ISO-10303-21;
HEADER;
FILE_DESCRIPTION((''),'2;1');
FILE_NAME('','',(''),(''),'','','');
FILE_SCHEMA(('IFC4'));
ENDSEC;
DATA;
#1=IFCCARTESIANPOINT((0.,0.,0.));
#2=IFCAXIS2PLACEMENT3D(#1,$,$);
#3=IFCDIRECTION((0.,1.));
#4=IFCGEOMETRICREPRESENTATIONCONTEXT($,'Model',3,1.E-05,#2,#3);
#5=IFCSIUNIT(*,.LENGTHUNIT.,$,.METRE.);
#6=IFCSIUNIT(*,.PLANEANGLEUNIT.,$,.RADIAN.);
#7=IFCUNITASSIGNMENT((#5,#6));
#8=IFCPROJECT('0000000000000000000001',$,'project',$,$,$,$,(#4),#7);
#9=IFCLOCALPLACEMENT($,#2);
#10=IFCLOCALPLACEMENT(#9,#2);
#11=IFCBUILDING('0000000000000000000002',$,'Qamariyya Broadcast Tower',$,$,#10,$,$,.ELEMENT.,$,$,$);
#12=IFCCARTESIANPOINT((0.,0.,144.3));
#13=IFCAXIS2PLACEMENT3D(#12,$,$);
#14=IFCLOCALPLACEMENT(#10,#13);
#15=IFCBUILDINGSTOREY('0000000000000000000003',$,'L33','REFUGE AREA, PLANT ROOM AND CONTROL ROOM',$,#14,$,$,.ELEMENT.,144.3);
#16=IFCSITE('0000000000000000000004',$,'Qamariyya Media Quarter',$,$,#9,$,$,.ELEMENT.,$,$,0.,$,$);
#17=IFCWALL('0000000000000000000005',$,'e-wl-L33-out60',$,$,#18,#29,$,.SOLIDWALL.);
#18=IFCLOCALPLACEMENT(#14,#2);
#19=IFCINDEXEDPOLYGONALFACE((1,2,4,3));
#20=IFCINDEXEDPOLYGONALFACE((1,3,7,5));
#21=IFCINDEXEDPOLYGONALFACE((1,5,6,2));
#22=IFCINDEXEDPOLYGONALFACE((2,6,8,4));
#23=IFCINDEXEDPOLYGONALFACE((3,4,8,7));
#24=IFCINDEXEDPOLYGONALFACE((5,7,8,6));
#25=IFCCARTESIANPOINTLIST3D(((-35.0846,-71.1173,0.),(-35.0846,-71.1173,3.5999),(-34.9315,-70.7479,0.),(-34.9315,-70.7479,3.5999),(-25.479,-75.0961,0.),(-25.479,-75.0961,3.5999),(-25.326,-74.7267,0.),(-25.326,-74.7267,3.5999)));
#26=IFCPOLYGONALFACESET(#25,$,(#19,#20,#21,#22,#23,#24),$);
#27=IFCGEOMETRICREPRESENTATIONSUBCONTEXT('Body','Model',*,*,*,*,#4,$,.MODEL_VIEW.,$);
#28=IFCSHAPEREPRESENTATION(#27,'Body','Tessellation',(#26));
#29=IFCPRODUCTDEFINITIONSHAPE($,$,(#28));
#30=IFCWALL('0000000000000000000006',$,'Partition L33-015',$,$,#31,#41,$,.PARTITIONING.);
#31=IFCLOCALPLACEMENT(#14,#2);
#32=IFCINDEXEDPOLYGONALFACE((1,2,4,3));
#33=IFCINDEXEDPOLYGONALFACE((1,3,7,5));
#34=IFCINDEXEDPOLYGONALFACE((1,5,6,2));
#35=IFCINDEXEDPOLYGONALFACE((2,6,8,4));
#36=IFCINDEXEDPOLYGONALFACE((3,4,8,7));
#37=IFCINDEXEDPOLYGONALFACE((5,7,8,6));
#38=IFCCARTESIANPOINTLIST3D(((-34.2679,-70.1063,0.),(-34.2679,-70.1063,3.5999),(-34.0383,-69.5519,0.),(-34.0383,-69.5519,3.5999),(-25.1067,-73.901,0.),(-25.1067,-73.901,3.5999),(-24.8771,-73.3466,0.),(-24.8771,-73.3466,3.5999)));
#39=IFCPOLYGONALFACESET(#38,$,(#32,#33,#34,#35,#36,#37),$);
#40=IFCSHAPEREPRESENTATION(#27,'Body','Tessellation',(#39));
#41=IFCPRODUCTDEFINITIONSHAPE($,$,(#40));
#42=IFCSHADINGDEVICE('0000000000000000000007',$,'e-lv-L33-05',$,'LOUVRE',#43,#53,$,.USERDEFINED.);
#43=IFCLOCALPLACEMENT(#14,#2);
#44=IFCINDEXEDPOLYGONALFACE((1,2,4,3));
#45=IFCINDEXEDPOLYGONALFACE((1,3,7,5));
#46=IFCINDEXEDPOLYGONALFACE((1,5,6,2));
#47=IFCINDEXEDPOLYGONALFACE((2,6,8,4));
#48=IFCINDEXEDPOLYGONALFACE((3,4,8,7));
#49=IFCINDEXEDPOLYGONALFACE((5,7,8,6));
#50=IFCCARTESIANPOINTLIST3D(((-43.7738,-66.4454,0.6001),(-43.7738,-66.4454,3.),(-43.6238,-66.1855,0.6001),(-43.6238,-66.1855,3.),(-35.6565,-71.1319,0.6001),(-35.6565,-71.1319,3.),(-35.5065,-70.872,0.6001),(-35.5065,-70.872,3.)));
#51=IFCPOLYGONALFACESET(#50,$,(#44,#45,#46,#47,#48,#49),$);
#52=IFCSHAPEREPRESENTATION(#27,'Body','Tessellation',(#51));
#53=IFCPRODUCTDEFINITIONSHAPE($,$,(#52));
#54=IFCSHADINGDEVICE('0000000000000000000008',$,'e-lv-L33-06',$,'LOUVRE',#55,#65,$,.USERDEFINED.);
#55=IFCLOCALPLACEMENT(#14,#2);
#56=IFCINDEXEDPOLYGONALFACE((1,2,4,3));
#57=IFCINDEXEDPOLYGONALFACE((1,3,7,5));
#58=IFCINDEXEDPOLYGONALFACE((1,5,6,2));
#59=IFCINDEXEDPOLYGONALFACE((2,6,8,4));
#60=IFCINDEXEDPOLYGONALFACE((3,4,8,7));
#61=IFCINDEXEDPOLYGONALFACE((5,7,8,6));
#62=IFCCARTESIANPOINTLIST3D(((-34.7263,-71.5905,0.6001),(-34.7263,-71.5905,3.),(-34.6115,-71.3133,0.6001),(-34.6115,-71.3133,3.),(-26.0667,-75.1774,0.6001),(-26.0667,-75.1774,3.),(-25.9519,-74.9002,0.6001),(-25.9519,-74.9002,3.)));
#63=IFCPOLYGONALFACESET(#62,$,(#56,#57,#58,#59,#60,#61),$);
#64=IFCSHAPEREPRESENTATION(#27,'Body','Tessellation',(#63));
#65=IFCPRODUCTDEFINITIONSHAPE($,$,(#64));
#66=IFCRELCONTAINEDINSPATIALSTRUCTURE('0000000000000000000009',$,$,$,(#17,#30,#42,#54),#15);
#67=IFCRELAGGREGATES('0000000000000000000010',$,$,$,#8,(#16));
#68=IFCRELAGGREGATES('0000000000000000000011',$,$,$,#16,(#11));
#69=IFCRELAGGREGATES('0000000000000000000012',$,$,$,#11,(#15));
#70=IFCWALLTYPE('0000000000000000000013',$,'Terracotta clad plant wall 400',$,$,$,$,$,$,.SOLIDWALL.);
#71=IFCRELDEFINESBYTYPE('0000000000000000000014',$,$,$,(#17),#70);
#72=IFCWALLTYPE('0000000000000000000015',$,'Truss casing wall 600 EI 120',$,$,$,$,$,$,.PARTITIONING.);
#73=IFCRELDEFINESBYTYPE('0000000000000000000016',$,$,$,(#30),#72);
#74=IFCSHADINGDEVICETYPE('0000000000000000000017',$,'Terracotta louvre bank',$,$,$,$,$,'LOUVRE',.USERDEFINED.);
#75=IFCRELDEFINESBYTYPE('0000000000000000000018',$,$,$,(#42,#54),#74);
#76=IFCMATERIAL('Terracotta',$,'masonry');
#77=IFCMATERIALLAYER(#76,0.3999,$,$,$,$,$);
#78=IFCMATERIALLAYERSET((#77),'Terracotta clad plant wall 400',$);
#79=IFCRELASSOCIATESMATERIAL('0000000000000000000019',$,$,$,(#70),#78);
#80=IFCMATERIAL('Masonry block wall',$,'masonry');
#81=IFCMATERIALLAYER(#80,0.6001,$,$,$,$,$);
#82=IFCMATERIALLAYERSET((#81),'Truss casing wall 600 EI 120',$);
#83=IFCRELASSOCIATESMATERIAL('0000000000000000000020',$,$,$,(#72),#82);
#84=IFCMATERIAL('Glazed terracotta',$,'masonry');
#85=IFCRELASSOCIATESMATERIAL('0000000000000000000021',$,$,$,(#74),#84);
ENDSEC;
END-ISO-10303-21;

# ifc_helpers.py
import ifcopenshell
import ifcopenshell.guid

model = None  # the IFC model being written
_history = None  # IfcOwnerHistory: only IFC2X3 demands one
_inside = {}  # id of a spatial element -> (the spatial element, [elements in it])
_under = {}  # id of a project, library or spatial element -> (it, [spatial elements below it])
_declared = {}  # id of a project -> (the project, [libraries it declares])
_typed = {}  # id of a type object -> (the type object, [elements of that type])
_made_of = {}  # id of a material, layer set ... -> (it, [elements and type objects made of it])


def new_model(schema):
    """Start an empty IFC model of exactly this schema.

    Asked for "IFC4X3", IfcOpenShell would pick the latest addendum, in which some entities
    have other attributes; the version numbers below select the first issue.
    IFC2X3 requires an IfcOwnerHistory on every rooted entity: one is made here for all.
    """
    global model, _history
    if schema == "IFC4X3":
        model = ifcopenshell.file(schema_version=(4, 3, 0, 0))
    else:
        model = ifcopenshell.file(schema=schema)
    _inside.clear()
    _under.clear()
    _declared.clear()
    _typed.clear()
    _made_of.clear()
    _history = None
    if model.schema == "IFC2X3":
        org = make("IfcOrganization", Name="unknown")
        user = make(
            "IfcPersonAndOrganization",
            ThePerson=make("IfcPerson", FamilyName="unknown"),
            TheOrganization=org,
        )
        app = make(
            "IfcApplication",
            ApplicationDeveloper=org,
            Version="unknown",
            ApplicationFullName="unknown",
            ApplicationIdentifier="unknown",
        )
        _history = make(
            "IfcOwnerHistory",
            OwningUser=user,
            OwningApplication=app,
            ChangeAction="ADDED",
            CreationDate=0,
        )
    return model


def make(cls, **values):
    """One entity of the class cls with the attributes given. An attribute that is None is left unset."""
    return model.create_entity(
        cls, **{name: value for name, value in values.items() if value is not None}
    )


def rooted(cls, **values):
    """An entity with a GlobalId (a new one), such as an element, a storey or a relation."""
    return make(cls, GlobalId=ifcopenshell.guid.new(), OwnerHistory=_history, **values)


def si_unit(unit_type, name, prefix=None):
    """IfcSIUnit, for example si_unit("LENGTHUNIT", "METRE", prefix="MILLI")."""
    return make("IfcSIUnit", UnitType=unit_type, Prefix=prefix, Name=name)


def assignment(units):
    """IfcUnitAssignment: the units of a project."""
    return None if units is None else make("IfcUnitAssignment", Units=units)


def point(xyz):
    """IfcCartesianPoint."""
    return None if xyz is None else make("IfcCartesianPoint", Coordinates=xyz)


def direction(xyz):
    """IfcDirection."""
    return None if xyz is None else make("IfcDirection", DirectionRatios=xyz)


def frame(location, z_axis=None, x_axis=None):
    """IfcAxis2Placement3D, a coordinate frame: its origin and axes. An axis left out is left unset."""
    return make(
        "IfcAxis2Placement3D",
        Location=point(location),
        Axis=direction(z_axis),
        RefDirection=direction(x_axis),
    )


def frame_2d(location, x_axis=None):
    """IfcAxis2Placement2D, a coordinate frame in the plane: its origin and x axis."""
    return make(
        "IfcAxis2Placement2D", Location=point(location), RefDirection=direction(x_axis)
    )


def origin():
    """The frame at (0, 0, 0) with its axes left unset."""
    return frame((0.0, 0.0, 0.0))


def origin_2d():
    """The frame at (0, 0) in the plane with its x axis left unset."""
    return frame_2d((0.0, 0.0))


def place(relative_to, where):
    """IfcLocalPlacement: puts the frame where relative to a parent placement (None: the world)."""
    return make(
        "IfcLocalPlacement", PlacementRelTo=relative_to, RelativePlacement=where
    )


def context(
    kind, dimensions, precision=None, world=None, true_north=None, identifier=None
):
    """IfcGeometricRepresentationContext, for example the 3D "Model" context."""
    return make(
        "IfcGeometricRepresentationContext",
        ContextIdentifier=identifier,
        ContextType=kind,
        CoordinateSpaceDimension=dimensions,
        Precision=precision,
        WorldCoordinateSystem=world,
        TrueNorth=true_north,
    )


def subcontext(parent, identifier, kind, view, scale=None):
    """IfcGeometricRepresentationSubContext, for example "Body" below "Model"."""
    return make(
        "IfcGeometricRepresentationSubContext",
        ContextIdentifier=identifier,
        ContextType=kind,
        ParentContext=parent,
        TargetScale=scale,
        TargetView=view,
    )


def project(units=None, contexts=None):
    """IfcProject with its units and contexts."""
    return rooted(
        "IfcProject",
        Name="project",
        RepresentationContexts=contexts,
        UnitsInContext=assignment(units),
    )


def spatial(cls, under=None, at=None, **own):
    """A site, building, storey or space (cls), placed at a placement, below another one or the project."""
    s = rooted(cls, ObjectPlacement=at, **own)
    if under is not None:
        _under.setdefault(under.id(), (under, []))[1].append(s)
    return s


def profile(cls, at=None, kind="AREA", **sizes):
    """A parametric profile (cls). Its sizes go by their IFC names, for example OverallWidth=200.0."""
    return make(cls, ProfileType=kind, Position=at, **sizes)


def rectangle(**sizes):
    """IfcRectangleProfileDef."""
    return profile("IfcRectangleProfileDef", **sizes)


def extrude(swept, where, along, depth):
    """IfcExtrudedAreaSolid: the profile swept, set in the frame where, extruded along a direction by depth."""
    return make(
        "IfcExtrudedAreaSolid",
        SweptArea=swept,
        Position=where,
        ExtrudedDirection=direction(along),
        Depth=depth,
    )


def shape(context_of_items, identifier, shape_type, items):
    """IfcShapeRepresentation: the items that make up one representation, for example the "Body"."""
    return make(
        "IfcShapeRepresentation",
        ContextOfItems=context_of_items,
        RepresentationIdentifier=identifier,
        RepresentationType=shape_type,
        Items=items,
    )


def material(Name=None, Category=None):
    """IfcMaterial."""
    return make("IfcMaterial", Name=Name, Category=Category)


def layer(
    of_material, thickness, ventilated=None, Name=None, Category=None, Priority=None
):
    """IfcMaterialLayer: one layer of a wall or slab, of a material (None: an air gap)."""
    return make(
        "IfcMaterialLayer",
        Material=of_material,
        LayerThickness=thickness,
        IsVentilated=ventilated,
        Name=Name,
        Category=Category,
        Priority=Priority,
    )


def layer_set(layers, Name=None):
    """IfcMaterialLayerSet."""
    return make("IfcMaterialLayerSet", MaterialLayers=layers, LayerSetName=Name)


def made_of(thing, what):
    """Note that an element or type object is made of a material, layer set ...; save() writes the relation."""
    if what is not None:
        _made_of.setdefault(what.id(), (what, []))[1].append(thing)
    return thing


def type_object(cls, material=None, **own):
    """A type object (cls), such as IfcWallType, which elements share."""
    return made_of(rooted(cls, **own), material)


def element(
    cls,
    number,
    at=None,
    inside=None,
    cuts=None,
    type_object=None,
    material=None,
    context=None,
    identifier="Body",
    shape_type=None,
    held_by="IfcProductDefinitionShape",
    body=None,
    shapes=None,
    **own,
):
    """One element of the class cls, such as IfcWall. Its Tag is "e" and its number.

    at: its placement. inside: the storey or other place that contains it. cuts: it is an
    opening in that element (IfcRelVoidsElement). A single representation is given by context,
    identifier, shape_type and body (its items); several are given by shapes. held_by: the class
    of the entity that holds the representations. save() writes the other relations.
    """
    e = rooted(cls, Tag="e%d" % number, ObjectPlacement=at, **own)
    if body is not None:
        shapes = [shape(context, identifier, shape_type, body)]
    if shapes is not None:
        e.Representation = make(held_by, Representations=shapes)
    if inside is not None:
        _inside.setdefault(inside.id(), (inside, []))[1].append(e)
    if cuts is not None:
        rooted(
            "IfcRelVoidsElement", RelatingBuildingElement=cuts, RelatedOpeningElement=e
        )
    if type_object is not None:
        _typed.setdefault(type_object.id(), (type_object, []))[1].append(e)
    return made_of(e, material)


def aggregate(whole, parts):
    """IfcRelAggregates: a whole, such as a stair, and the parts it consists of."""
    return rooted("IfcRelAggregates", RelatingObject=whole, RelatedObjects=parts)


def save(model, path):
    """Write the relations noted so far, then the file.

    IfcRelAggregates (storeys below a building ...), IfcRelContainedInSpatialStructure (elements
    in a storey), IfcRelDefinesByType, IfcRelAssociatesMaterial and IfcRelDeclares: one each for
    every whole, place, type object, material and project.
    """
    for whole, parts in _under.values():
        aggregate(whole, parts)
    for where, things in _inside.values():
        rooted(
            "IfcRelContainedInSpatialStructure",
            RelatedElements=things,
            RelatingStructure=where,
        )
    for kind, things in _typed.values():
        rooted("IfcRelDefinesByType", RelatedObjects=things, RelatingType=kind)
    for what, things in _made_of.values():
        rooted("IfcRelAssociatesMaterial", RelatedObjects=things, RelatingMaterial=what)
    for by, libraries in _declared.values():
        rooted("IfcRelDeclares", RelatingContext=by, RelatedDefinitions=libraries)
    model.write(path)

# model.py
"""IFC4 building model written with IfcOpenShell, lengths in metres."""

from ifc_helpers import new_model, si_unit, direction, frame, frame_2d, origin, origin_2d, place, context, subcontext, project, spatial, rectangle, extrude, material, layer, layer_set, type_object, element, save


model = new_model("IFC4")

# Units and contexts
model_context = context("Model", 3, precision=1e-05, world=origin(), true_north=direction((0.0, 1.0)))
body_context = subcontext(model_context, "Body", "Model", "MODEL_VIEW")
ifc_project = project(units=[si_unit("LENGTHUNIT", "METRE"), si_unit("PLANEANGLEUNIT", "RADIAN")], contexts=[model_context])

# Site, building, storey
site_placement = place(None, origin())
site = spatial("IfcSite", under=ifc_project, at=site_placement, Name="Qamariyya Media Quarter", CompositionType="ELEMENT", RefElevation=0.0)
building_placement = place(site_placement, origin())
building = spatial("IfcBuilding", under=site, at=building_placement, Name="Qamariyya Broadcast Tower", CompositionType="ELEMENT")
storey_placement = place(building_placement, frame((0.0, 0.0, 144.3)))
storey = spatial("IfcBuildingStorey", under=building, at=storey_placement, Name="L33", Description="REFUGE AREA, PLANT ROOM AND CONTROL ROOM", CompositionType="ELEMENT", Elevation=144.3)

# Shared definitions
ifc_material_1 = material(Name="Masonry block wall", Category="masonry")

# Walls
ifc_material_2 = material(Name="Terracotta", Category="masonry")
ifc_layer_1 = layer(ifc_material_2, 0.3999)
ifc_layer_set_1 = layer_set([ifc_layer_1], Name="Terracotta clad plant wall 400")
wall_type_1 = type_object("IfcWallType", Name="Terracotta clad plant wall 400", PredefinedType="SOLIDWALL", material=ifc_layer_set_1)
wall_1_placement = place(storey_placement, frame((-35.0081, -70.9326, 0.0), z_axis=(0.0, 0.0, 1.0), x_axis=(0.923878, -0.382687, 0.0)))
element("IfcWall", 1, at=wall_1_placement, inside=storey, type_object=wall_type_1, Name="e-wl-L33-out60", PredefinedType="SOLIDWALL", context=body_context, shape_type="SweptSolid", body=[
    extrude(rectangle(XDim=10.397, YDim=0.3999, at=frame_2d((5.1985, 0.0))), origin(), (0.0, 0.0, 1.0), 3.5999),
])
ifc_layer_2 = layer(ifc_material_1, 0.6001)
ifc_layer_set_2 = layer_set([ifc_layer_2], Name="Truss casing wall 600 EI 120")
wall_type_2 = type_object("IfcWallType", Name="Truss casing wall 600 EI 120", PredefinedType="PARTITIONING", material=ifc_layer_set_2)
wall_2_placement = place(storey_placement, frame((-34.1531, -69.8291, 0.0), z_axis=(0.0, 0.0, 1.0), x_axis=(0.923879, -0.382684, 0.0)))
element("IfcWall", 2, at=wall_2_placement, inside=storey, type_object=wall_type_2, Name="Partition L33-015", PredefinedType="PARTITIONING", context=body_context, shape_type="SweptSolid", body=[
    extrude(rectangle(XDim=9.916, YDim=0.6001, at=frame_2d((4.958, 0.0))), origin(), (0.0, 0.0, 1.0), 3.5999),
])

# Shading devices
ifc_material_3 = material(Name="Glazed terracotta", Category="masonry")
shading_device_type = type_object("IfcShadingDeviceType", Name="Terracotta louvre bank", ElementType="LOUVRE", PredefinedType="USERDEFINED", material=ifc_material_3)
for number, where, z_axis, x_axis, name in (
    (3, (-39.6401, -68.6587, 0.6001), (0.0, 0.0, 1.0), (0.866025, -0.5, 0.0), "e-lv-L33-05"),
    (4, (-30.3391, -73.2454, 0.6001), (0.0, 0.0, 1.0), (0.92388, -0.382683, 0.0), "e-lv-L33-06"),
):
    element("IfcShadingDevice", number, at=place(storey_placement, frame(where, z_axis=z_axis, x_axis=x_axis)), inside=storey, type_object=shading_device_type, Name=name, ObjectType="LOUVRE", PredefinedType="USERDEFINED", context=body_context, shape_type="SweptSolid", body=[
        extrude(rectangle(XDim=9.373, YDim=0.3, at=origin_2d()), origin(), (0.0, 0.0, 1.0), 2.3999),
    ])

save(model, "model.ifc")
